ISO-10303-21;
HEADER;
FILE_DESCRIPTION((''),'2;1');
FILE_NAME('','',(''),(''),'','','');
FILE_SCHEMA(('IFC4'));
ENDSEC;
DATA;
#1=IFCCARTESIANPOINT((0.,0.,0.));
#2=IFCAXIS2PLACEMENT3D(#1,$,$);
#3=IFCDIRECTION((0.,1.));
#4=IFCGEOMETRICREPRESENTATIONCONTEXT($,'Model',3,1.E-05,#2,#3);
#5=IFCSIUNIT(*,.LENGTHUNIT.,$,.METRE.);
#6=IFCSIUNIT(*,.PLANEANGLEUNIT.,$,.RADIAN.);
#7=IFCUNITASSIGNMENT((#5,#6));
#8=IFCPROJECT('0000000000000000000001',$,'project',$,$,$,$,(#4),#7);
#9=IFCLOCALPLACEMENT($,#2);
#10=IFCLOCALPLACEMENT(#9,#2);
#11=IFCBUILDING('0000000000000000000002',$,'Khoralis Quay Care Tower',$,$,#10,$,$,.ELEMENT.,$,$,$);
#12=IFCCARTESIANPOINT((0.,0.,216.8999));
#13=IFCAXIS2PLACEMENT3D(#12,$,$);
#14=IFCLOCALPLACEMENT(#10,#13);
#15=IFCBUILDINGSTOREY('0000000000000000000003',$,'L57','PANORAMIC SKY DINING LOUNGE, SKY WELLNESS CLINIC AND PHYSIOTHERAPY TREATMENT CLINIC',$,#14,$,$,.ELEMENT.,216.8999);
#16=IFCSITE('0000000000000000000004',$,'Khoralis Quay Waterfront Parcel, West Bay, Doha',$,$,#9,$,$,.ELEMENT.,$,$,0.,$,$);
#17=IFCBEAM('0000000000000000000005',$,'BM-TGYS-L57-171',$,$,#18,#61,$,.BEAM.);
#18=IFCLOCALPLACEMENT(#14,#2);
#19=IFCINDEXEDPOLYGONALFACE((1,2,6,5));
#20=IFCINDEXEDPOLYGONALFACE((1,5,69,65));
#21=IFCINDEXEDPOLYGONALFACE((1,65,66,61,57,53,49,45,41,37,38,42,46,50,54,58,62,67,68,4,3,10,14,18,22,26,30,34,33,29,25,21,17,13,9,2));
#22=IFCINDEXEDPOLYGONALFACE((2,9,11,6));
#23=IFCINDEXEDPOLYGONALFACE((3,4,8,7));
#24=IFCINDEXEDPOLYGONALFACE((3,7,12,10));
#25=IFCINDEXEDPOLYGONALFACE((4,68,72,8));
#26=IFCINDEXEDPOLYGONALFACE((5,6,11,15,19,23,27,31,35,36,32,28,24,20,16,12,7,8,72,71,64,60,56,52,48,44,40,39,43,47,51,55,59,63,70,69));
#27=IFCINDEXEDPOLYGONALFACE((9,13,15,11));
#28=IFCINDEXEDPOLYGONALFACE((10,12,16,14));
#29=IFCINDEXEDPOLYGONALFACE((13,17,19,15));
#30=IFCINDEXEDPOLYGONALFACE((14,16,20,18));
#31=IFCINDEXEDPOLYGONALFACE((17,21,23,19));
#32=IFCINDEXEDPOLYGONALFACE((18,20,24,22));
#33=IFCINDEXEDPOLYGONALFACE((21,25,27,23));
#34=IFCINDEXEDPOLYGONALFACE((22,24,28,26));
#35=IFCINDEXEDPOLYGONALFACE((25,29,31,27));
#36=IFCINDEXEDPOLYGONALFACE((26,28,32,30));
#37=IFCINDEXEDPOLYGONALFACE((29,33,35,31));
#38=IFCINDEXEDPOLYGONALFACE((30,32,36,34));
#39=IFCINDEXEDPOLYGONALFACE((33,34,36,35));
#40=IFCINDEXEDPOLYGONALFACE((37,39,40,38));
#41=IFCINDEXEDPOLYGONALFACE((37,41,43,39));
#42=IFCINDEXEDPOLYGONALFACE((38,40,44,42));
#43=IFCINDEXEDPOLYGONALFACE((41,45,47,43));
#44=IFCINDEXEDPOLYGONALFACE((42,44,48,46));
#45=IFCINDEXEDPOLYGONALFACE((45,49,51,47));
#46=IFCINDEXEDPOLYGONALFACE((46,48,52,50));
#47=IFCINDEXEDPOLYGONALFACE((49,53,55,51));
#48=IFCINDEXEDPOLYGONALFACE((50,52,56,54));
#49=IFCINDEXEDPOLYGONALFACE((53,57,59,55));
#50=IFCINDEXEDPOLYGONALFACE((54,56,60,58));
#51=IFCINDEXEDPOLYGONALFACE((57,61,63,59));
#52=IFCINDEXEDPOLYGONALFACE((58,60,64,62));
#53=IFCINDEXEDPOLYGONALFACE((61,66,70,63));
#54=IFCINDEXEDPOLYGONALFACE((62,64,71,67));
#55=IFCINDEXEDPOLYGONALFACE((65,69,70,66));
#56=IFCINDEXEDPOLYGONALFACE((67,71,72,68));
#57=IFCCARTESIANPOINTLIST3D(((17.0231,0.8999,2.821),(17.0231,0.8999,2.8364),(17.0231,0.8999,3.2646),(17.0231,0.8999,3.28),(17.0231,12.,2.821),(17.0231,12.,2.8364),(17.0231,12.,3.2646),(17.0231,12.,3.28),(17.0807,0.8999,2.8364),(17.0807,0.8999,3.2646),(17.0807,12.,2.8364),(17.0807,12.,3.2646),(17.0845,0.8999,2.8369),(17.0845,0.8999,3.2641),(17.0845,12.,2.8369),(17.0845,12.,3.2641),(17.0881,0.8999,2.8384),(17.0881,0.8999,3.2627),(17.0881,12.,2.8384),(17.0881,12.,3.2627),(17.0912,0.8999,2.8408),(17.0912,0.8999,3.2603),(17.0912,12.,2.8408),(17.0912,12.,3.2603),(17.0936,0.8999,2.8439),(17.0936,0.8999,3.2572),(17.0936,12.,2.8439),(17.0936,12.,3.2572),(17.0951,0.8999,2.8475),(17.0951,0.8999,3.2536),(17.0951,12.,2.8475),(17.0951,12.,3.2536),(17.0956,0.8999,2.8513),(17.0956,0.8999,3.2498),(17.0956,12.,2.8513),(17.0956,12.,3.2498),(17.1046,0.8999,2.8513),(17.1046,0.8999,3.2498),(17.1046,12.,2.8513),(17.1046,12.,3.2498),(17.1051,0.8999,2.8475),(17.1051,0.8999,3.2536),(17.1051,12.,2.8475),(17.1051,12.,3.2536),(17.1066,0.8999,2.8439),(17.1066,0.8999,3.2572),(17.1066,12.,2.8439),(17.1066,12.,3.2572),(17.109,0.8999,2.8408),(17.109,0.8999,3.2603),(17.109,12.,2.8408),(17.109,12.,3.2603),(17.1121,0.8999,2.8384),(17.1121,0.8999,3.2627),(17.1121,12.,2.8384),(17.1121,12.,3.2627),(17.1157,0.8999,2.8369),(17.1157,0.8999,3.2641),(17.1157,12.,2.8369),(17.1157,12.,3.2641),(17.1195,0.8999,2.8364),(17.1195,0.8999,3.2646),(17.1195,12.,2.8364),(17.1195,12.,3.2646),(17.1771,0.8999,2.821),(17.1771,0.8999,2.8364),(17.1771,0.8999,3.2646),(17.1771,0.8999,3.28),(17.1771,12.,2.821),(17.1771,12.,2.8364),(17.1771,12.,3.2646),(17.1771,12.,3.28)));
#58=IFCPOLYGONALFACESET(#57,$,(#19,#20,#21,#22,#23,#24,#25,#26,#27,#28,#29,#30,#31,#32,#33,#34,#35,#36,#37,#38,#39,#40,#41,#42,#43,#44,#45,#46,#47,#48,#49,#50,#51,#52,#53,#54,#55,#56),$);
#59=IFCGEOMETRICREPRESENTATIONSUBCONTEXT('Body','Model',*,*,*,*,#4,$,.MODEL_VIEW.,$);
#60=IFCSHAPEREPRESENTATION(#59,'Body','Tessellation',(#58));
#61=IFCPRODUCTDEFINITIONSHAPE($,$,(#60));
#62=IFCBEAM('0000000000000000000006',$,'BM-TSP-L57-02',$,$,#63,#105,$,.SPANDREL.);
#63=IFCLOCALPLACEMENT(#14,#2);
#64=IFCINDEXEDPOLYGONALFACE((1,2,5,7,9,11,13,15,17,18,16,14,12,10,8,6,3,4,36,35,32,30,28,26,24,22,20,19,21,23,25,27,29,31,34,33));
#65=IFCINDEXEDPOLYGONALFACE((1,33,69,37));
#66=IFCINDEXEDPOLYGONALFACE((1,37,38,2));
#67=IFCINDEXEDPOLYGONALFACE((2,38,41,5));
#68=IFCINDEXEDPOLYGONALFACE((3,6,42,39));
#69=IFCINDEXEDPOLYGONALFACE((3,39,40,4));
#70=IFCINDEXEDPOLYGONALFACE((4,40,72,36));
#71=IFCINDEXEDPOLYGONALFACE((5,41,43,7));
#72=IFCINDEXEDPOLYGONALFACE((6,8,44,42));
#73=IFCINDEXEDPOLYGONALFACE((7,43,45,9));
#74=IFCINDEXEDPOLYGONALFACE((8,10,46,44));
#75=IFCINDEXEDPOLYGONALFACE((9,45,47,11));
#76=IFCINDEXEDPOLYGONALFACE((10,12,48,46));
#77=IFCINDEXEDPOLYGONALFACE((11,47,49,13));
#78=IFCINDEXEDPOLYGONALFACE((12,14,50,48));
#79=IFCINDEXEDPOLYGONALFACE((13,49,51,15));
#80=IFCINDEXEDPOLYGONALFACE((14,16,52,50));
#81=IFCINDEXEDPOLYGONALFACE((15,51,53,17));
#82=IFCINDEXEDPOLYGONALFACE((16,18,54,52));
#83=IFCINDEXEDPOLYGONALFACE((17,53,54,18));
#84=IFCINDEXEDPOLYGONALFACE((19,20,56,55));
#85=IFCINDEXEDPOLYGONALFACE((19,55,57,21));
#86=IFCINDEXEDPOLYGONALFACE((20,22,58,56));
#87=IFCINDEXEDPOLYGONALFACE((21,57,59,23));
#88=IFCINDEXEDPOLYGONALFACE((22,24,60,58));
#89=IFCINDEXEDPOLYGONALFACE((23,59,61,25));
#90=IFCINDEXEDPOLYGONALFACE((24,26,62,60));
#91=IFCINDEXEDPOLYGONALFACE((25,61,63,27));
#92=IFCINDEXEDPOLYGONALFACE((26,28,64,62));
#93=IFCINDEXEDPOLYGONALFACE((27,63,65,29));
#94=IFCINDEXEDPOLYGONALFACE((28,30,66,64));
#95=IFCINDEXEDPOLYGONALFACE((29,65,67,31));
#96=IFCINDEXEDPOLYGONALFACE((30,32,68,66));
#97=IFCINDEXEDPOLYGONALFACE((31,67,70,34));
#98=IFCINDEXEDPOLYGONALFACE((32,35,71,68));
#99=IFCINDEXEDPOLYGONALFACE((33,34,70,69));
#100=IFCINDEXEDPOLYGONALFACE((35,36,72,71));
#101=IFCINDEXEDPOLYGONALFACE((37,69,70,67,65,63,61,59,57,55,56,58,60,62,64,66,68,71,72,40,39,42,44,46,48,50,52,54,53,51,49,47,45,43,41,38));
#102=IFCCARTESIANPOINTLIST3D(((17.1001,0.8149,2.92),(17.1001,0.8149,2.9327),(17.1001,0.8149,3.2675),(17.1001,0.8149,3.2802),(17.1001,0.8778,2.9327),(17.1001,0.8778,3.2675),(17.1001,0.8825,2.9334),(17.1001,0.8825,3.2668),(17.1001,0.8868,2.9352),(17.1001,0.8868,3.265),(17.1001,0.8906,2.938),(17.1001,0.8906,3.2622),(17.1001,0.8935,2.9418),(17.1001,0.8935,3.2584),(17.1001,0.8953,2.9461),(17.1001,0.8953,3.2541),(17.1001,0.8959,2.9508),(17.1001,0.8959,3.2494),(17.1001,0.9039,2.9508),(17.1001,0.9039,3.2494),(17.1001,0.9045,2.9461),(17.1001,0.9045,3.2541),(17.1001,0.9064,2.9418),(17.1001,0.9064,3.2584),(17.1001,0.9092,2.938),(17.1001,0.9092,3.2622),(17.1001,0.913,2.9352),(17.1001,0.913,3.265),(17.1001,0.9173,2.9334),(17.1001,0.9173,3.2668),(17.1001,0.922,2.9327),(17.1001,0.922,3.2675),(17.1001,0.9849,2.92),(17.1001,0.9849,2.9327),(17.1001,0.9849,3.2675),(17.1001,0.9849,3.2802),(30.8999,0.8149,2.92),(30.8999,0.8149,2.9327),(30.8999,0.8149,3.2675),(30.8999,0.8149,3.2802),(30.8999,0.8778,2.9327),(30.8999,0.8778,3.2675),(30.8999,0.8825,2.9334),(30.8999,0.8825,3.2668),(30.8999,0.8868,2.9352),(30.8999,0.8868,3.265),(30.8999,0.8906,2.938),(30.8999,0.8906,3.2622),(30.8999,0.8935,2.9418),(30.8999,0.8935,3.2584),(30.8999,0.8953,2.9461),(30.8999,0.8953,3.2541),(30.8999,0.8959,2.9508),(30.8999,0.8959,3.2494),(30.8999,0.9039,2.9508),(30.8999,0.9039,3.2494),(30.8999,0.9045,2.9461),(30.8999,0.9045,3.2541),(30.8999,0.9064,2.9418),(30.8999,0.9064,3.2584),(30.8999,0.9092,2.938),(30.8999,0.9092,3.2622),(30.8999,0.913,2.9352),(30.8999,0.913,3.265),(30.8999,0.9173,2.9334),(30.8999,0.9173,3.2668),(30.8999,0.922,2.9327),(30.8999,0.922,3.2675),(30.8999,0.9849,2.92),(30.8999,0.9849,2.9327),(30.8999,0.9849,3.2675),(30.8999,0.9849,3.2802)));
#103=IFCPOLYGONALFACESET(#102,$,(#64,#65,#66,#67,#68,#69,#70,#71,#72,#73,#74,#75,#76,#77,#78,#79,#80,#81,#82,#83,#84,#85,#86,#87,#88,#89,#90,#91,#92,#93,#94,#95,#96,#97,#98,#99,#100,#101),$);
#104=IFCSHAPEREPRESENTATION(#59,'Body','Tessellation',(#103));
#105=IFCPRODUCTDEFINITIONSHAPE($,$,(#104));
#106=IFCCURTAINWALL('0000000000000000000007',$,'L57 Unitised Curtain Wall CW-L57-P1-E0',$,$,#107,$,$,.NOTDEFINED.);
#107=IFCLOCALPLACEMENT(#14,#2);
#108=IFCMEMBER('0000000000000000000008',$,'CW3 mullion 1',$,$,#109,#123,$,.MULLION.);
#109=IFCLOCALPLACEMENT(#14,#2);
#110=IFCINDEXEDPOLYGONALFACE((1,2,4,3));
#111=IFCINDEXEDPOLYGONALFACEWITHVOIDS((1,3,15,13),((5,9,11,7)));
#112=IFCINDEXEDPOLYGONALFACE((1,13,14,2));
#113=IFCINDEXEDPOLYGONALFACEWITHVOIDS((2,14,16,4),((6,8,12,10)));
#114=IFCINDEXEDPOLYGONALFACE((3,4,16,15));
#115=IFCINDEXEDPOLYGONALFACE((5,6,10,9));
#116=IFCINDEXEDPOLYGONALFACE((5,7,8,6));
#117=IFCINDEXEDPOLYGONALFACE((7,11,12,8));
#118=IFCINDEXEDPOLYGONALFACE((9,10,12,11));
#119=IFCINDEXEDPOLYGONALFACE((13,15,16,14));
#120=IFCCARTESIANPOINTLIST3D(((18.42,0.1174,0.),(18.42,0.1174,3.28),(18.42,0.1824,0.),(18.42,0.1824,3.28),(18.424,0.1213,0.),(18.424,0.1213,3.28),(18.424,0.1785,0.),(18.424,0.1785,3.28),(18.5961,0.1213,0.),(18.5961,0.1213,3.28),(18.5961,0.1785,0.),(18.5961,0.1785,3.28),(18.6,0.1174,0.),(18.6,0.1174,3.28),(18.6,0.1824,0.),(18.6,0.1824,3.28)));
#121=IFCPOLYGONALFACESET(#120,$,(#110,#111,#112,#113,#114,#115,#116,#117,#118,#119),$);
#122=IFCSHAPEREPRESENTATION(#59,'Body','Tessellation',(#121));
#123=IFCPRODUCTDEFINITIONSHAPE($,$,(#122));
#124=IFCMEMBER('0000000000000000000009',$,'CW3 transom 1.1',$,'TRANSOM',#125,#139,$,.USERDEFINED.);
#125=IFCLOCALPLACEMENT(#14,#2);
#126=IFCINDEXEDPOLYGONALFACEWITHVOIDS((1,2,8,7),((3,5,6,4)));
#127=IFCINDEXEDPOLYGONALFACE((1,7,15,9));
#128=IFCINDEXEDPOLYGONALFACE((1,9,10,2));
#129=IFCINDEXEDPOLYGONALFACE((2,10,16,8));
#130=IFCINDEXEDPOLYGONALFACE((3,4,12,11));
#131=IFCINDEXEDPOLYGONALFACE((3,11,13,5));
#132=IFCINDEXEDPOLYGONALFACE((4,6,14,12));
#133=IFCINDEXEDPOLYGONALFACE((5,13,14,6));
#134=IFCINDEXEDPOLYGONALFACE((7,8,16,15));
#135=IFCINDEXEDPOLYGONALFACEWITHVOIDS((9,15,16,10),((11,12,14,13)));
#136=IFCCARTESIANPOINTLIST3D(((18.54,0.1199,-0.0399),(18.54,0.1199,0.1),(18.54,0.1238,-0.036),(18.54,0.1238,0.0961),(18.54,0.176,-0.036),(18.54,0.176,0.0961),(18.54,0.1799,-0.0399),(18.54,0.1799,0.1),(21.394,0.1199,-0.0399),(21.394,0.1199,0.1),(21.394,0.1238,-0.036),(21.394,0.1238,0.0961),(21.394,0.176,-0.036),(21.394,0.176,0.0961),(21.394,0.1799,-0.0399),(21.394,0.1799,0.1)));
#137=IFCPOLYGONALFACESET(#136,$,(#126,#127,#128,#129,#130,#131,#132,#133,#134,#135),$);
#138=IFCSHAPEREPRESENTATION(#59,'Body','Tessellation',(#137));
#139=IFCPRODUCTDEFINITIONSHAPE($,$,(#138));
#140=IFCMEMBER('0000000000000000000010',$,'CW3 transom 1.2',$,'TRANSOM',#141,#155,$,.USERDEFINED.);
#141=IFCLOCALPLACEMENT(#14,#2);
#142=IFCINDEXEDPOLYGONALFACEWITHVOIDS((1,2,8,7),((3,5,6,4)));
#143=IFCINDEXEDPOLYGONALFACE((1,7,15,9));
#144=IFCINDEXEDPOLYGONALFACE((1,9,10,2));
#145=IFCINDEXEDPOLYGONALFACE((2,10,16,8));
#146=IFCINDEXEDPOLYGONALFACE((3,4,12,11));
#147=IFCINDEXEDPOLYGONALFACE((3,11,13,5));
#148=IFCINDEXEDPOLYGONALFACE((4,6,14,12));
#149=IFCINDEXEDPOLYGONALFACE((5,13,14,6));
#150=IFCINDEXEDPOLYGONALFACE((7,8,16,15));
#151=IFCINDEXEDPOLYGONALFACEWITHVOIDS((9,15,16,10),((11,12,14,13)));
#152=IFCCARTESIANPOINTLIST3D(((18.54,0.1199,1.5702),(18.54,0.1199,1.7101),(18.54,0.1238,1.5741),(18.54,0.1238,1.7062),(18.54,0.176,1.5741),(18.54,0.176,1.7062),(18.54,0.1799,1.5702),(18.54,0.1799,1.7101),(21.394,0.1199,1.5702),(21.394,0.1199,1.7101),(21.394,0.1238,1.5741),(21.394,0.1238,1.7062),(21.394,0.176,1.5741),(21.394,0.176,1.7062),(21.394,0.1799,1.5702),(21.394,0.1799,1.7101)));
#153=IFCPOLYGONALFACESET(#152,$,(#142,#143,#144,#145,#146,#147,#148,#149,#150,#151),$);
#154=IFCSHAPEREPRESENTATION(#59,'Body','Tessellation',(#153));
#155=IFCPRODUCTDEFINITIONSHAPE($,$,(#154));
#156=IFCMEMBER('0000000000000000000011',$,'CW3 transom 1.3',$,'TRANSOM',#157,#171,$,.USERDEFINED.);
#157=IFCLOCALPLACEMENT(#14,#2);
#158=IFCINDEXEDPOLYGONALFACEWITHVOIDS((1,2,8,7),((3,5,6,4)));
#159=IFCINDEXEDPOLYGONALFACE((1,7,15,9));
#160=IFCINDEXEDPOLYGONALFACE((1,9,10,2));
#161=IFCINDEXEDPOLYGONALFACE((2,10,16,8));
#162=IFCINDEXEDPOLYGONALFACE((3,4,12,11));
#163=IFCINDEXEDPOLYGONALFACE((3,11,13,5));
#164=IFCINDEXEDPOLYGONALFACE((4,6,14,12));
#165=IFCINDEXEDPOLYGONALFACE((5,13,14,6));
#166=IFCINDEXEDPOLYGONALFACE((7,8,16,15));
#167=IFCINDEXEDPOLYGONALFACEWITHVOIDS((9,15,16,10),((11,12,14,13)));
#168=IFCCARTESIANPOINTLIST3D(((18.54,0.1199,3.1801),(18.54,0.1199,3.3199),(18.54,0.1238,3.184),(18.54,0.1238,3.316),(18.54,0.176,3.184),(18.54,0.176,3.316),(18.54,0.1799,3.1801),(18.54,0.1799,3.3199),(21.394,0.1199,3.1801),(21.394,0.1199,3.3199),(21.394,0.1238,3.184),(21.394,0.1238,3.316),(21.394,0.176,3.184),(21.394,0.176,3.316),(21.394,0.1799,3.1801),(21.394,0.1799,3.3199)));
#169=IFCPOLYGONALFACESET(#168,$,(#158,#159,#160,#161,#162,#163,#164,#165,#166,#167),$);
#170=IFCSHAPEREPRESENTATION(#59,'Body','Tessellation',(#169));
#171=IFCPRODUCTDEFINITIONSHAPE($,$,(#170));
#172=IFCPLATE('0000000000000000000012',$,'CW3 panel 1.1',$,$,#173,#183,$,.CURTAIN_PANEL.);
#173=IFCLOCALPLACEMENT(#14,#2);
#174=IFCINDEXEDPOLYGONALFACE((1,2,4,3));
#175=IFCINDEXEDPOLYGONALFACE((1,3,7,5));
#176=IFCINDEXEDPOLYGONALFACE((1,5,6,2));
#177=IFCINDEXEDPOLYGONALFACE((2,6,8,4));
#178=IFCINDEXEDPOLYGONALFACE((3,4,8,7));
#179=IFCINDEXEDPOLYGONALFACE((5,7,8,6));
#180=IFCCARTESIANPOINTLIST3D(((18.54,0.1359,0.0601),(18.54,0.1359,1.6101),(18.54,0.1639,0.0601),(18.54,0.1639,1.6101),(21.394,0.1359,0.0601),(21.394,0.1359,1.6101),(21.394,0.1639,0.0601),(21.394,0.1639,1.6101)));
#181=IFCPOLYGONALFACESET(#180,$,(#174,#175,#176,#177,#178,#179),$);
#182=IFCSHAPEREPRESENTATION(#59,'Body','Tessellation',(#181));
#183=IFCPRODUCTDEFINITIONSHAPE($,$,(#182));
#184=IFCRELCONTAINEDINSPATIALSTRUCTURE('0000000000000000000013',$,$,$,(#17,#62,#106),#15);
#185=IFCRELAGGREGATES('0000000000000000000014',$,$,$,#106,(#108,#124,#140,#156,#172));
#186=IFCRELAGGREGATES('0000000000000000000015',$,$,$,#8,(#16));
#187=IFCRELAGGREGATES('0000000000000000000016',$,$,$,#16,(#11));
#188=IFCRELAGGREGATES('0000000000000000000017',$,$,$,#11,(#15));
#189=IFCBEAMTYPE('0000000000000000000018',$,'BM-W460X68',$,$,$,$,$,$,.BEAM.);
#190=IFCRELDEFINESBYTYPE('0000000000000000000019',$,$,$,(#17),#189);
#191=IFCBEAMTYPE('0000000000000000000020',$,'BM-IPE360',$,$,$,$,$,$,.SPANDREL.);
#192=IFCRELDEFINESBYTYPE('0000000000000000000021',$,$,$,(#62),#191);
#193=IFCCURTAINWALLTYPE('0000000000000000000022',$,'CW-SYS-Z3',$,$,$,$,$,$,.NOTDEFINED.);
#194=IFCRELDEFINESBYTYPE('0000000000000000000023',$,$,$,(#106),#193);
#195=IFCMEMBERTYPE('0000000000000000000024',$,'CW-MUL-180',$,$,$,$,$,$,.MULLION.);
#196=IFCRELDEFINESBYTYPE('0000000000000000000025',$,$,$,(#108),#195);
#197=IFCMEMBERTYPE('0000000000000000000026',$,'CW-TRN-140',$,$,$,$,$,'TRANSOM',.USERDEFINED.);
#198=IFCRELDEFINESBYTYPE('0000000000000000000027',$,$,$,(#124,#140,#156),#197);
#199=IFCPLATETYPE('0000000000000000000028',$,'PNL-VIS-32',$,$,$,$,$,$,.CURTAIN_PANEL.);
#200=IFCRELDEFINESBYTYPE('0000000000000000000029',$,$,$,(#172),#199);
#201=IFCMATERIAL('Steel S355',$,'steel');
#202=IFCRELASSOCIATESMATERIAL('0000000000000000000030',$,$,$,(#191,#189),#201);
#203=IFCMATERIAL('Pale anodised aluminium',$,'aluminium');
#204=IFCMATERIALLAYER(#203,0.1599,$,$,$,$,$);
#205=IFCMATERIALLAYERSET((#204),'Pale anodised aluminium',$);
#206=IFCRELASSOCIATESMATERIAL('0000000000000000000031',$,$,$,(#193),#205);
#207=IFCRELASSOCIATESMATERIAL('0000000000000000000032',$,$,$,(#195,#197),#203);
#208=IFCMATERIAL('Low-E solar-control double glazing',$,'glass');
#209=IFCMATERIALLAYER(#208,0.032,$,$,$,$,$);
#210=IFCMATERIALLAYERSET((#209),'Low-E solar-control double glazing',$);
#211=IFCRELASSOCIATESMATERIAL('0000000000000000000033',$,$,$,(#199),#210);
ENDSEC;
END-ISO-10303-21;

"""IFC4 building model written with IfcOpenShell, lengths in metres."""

from ifc_helpers import new_model, si_unit, direction, frame, origin, origin_2d, place, context, subcontext, project, spatial, rectangle, hollow_rectangle, i_section, extrude, source, transform, mapped, material, layer, layer_set, material_profile, profile_set, type_object, element, aggregate, save


model = new_model("IFC4")

# Units and contexts
model_context = context("Model", 3, precision=1e-05, world=origin(), true_north=direction((0.0, 1.0)))
body_context = subcontext(model_context, "Body", "Model", "MODEL_VIEW")
ifc_project = project(units=[si_unit("LENGTHUNIT", "METRE"), si_unit("PLANEANGLEUNIT", "RADIAN")], contexts=[model_context])

# Site, building, storey
site_placement = place(None, origin())
site = spatial("IfcSite", under=ifc_project, at=site_placement, Name="Khoralis Quay Waterfront Parcel, West Bay, Doha", CompositionType="ELEMENT", RefElevation=0.0)
building_placement = place(site_placement, origin())
building = spatial("IfcBuilding", under=site, at=building_placement, Name="Khoralis Quay Care Tower", CompositionType="ELEMENT")
storey_placement = place(building_placement, frame((0.0, 0.0, 216.8999)))
storey = spatial("IfcBuildingStorey", under=building, at=storey_placement, Name="L57", Description="PANORAMIC SKY DINING LOUNGE, SKY WELLNESS CLINIC AND PHYSIOTHERAPY TREATMENT CLINIC", CompositionType="ELEMENT", Elevation=216.8999)

# Beams
ifc_material_1 = material(Name="Steel S355", Category="steel")
ifc_material_profile_1 = material_profile(ifc_material_1, i_section(OverallWidth=0.1699, OverallDepth=0.3601, WebThickness=0.0081, FlangeThickness=0.0127, FilletRadius=0.0181, at=origin_2d()), Name="Steel S355")
ifc_profile_set_1 = profile_set([ifc_material_profile_1], Name="Steel S355")
beam_type_1 = type_object("IfcBeamType", Name="BM-IPE360", PredefinedType="SPANDREL", material=ifc_profile_set_1)
ifc_material_profile_2 = material_profile(ifc_material_1, i_section(OverallWidth=0.1541, OverallDepth=0.459, WebThickness=0.009, FlangeThickness=0.0154, FilletRadius=0.0149, at=origin_2d()), Name="Steel S355")
ifc_profile_set_2 = profile_set([ifc_material_profile_2], Name="Steel S355")
beam_type_2 = type_object("IfcBeamType", Name="BM-W460X68", PredefinedType="BEAM", material=ifc_profile_set_2)
shared_shape_1 = source(origin(), body_context, "Body", "SweptSolid", [
    extrude(i_section(OverallWidth=0.1541, OverallDepth=0.459, WebThickness=0.009, FlangeThickness=0.0154, FilletRadius=0.0149, at=origin_2d()), origin(), (0.0, 0.0, 1.0), 11.1001),
])
beam_1_placement = place(storey_placement, frame((17.1001, 0.8999, 3.0505), z_axis=(0.0, 1.0, 0.0), x_axis=(-1.0, 0.0, 0.0)))
element("IfcBeam", 1, at=beam_1_placement, inside=storey, type_object=beam_type_2, Name="BM-TGYS-L57-171", PredefinedType="BEAM", context=body_context, shape_type="MappedRepresentation", body=[
    mapped(shared_shape_1, transform((0.0, 0.0, 0.0), scale=1.0)),
])
shared_shape_2 = source(origin(), body_context, "Body", "SweptSolid", [
    extrude(i_section(OverallWidth=0.1699, OverallDepth=0.3601, WebThickness=0.0081, FlangeThickness=0.0127, FilletRadius=0.0181, at=origin_2d()), origin(), (0.0, 0.0, 1.0), 13.7998),
])
beam_2_placement = place(storey_placement, frame((17.1001, 0.8999, 3.1001), z_axis=(1.0, 0.0, 0.0), x_axis=(0.0, 1.0, 0.0)))
element("IfcBeam", 2, at=beam_2_placement, inside=storey, type_object=beam_type_1, Name="BM-TSP-L57-02", PredefinedType="SPANDREL", context=body_context, shape_type="MappedRepresentation", body=[
    mapped(shared_shape_2, transform((0.0, 0.0, 0.0), scale=1.0)),
])

# Curtain wall, members, plate
ifc_material_2 = material(Name="Pale anodised aluminium", Category="aluminium")
ifc_layer_1 = layer(ifc_material_2, 0.1599)
ifc_layer_set_1 = layer_set([ifc_layer_1], Name="Pale anodised aluminium")
curtain_wall_type = type_object("IfcCurtainWallType", Name="CW-SYS-Z3", PredefinedType="NOTDEFINED", material=ifc_layer_set_1)
curtain_wall_placement = place(storey_placement, origin())
curtain_wall = element("IfcCurtainWall", 3, at=curtain_wall_placement, inside=storey, type_object=curtain_wall_type, Name="L57 Unitised Curtain Wall CW-L57-P1-E0", PredefinedType="NOTDEFINED")
ifc_material_profile_3 = material_profile(ifc_material_2, hollow_rectangle(XDim=0.0649, YDim=0.1799, WallThickness=0.0039, at=origin_2d()), Name="Pale anodised aluminium")
ifc_profile_set_3 = profile_set([ifc_material_profile_3], Name="Pale anodised aluminium")
member_type_1 = type_object("IfcMemberType", Name="CW-MUL-180", PredefinedType="MULLION", material=ifc_profile_set_3)
shared_shape_3 = source(origin(), body_context, "Body", "SweptSolid", [
    extrude(hollow_rectangle(XDim=0.0649, YDim=0.1799, WallThickness=0.0039, at=origin_2d()), origin(), (0.0, 0.0, 1.0), 3.28),
])
member_1_placement = place(storey_placement, frame((18.51, 0.1499, 0.0), z_axis=(0.0, 0.0, 1.0), x_axis=(0.0, 1.0, 0.0)))
member_1 = element("IfcMember", 4, at=member_1_placement, type_object=member_type_1, Name="CW3 mullion 1", PredefinedType="MULLION", context=body_context, shape_type="MappedRepresentation", body=[
    mapped(shared_shape_3, transform((0.0, 0.0, 0.0), scale=1.0)),
])
ifc_material_profile_4 = material_profile(ifc_material_2, hollow_rectangle(XDim=0.0601, YDim=0.1399, WallThickness=0.0039, at=origin_2d()), Name="Pale anodised aluminium")
ifc_profile_set_4 = profile_set([ifc_material_profile_4], Name="Pale anodised aluminium")
member_type_2 = type_object("IfcMemberType", Name="CW-TRN-140", ElementType="TRANSOM", PredefinedType="USERDEFINED", material=ifc_profile_set_4)
shared_shape_4 = source(origin(), body_context, "Body", "SweptSolid", [
    extrude(hollow_rectangle(XDim=0.0601, YDim=0.1399, WallThickness=0.0039, at=origin_2d()), origin(), (0.0, 0.0, 1.0), 2.854),
])
member_2_placement = place(storey_placement, frame((18.54, 0.1499, 0.03), z_axis=(1.0, 0.0, 0.0), x_axis=(0.0, 1.0, 0.0)))
member_2 = element("IfcMember", 5, at=member_2_placement, type_object=member_type_2, Name="CW3 transom 1.1", ObjectType="TRANSOM", PredefinedType="USERDEFINED", context=body_context, shape_type="MappedRepresentation", body=[
    mapped(shared_shape_4, transform((0.0, 0.0, 0.0), scale=1.0)),
])
member_3_placement = place(storey_placement, frame((18.54, 0.1499, 1.6401), z_axis=(1.0, 0.0, 0.0), x_axis=(0.0, 1.0, 0.0)))
member_3 = element("IfcMember", 6, at=member_3_placement, type_object=member_type_2, Name="CW3 transom 1.2", ObjectType="TRANSOM", PredefinedType="USERDEFINED", context=body_context, shape_type="MappedRepresentation", body=[
    mapped(shared_shape_4, transform((0.0, 0.0, 0.0), scale=1.0)),
])
member_4_placement = place(storey_placement, frame((18.54, 0.1499, 3.25), z_axis=(1.0, 0.0, 0.0), x_axis=(0.0, 1.0, 0.0)))
member_4 = element("IfcMember", 7, at=member_4_placement, type_object=member_type_2, Name="CW3 transom 1.3", ObjectType="TRANSOM", PredefinedType="USERDEFINED", context=body_context, shape_type="MappedRepresentation", body=[
    mapped(shared_shape_4, transform((0.0, 0.0, 0.0), scale=1.0)),
])
ifc_material_3 = material(Name="Low-E solar-control double glazing", Category="glass")
ifc_layer_2 = layer(ifc_material_3, 0.032)
ifc_layer_set_2 = layer_set([ifc_layer_2], Name="Low-E solar-control double glazing")
plate_type = type_object("IfcPlateType", Name="PNL-VIS-32", PredefinedType="CURTAIN_PANEL", material=ifc_layer_set_2)
shared_shape_5 = source(origin(), body_context, "Body", "SweptSolid", [
    extrude(rectangle(XDim=2.854, YDim=0.0281, at=origin_2d()), origin(), (0.0, 0.0, 1.0), 1.55),
])
plate_1_placement = place(storey_placement, frame((19.967, 0.1499, 0.0601), z_axis=(0.0, 0.0, 1.0), x_axis=(1.0, 0.0, 0.0)))
plate_1 = element("IfcPlate", 8, at=plate_1_placement, type_object=plate_type, Name="CW3 panel 1.1", PredefinedType="CURTAIN_PANEL", context=body_context, shape_type="MappedRepresentation", body=[
    mapped(shared_shape_5, transform((0.0, 0.0, 0.0), scale=1.0)),
])
aggregate(curtain_wall, [member_1, member_2, member_3, member_4, plate_1])

save(model, "model.ifc")
